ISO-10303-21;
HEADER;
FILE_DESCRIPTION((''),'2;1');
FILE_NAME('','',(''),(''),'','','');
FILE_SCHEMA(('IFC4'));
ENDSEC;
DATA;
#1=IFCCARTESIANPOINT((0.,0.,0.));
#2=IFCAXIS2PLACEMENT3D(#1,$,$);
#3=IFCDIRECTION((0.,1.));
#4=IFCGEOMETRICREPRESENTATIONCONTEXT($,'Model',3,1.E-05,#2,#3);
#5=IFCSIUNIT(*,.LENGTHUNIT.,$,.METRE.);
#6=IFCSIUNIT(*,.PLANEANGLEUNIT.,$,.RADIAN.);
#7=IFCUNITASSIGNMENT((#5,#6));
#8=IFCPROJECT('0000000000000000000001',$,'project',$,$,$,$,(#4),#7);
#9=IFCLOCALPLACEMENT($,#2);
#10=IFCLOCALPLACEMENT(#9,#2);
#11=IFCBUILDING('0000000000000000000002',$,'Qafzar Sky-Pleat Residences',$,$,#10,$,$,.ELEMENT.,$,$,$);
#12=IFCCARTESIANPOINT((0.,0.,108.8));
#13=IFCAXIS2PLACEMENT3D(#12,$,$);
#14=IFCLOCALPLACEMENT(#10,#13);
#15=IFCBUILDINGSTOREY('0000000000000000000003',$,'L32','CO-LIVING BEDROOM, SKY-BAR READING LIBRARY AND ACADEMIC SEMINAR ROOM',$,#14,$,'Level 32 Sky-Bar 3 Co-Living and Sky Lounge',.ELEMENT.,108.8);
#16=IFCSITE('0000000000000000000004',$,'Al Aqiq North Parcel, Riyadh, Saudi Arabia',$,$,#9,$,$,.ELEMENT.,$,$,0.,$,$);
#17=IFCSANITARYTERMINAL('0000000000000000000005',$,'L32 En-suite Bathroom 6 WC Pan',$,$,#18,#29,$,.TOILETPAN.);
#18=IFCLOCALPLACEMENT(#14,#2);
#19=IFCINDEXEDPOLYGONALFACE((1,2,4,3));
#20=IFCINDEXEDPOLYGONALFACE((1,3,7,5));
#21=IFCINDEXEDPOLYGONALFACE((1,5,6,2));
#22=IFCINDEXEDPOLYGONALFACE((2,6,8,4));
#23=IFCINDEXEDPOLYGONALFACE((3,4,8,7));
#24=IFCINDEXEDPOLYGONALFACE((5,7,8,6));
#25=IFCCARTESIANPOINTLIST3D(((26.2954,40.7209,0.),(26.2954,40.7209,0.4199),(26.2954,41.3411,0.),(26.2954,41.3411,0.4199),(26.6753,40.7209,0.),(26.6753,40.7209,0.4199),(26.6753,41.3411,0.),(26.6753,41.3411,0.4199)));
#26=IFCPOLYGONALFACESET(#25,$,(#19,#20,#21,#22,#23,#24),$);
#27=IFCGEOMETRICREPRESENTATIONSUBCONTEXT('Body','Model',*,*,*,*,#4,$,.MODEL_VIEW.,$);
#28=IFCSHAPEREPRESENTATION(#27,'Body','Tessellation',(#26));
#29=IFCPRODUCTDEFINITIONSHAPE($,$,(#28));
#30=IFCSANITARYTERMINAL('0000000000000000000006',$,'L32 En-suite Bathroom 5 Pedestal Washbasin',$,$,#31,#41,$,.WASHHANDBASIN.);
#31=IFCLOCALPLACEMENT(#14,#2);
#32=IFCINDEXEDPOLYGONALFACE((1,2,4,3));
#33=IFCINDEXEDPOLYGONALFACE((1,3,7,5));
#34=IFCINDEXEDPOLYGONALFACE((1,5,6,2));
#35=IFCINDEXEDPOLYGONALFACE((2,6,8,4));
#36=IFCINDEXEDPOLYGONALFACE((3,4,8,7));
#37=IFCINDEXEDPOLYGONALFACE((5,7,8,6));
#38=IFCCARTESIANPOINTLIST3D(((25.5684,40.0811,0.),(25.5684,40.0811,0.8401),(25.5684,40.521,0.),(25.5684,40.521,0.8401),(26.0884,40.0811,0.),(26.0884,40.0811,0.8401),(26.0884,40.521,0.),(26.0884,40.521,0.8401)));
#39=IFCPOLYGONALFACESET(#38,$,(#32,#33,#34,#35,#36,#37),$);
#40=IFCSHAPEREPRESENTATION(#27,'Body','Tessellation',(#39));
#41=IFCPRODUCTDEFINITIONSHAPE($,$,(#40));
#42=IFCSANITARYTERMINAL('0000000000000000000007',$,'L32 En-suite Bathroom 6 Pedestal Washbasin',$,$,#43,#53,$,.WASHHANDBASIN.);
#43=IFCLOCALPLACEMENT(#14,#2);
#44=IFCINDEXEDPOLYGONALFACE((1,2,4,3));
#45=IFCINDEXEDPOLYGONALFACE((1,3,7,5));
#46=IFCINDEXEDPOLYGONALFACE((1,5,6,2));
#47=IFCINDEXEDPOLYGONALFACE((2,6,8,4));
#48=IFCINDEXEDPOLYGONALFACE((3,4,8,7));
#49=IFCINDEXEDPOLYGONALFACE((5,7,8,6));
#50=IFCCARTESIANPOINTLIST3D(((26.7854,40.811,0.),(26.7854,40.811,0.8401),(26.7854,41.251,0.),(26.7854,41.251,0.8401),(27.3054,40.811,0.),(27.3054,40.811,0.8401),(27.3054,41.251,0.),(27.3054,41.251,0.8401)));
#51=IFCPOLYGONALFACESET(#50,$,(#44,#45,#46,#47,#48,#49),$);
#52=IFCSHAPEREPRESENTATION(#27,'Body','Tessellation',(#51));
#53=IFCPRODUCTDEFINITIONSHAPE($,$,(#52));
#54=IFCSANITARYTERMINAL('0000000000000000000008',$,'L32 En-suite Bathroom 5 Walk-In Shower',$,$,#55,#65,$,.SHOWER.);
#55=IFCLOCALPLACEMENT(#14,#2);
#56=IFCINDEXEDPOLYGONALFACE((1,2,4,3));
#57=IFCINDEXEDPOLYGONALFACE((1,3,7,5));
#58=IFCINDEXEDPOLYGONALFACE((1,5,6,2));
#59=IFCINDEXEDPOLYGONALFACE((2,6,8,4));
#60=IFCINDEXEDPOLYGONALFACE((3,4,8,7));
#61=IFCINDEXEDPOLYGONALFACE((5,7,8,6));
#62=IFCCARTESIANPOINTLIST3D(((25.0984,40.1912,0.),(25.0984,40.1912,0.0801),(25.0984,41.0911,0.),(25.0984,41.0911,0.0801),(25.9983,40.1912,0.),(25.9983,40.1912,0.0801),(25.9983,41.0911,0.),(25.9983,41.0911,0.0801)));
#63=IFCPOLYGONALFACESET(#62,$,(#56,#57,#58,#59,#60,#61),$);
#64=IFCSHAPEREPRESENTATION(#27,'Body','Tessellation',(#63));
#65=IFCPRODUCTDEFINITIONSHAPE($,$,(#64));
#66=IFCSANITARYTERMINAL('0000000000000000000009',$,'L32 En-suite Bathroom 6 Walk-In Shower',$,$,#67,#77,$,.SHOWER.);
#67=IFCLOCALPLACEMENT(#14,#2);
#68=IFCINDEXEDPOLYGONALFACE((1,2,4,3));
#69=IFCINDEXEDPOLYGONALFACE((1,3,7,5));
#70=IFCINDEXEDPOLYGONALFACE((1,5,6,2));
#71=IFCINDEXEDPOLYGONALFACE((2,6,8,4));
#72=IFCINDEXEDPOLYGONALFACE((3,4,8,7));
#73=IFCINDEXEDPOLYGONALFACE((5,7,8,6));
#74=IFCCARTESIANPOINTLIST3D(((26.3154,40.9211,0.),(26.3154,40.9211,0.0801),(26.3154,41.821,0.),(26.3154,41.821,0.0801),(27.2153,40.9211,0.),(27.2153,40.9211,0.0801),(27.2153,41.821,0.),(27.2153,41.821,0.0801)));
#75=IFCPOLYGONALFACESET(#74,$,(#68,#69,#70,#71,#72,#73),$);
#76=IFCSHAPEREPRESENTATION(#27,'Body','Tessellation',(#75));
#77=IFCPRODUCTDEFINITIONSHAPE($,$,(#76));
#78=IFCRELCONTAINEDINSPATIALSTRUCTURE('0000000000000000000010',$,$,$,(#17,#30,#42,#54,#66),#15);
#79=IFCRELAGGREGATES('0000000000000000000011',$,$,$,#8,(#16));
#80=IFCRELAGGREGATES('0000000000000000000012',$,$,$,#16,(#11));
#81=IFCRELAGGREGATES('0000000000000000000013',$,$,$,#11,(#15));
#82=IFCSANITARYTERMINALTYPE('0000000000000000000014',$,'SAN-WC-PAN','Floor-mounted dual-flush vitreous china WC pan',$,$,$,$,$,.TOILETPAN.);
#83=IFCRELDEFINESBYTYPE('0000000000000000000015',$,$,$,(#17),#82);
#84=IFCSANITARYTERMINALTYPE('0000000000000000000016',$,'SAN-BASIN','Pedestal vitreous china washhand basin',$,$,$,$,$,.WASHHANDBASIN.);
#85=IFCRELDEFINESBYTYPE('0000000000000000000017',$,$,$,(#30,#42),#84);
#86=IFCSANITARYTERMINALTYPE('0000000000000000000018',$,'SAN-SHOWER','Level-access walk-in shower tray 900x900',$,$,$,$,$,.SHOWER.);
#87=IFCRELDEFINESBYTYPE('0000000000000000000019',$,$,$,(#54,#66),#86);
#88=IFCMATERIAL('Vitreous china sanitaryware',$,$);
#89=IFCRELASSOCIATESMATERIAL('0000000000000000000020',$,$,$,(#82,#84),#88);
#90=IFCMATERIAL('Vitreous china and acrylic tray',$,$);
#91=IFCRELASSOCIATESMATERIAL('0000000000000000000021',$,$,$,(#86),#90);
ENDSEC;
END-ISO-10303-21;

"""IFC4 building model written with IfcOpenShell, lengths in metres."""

from ifc_helpers import new_model, si_unit, direction, frame, origin, origin_2d, place, context, subcontext, project, spatial, rectangle, extrude, source, transform, mapped, material, type_object, element, save


model = new_model("IFC4")

# Units and contexts
model_context = context("Model", 3, precision=1e-05, world=origin(), true_north=direction((0.0, 1.0)))
body_context = subcontext(model_context, "Body", "Model", "MODEL_VIEW")
ifc_project = project(units=[si_unit("LENGTHUNIT", "METRE"), si_unit("PLANEANGLEUNIT", "RADIAN")], contexts=[model_context])

# Site, building, storey
site_placement = place(None, origin())
site = spatial("IfcSite", under=ifc_project, at=site_placement, Name="Al Aqiq North Parcel, Riyadh, Saudi Arabia", CompositionType="ELEMENT", RefElevation=0.0)
building_placement = place(site_placement, origin())
building = spatial("IfcBuilding", under=site, at=building_placement, Name="Qafzar Sky-Pleat Residences", CompositionType="ELEMENT")
storey_placement = place(building_placement, frame((0.0, 0.0, 108.8)))
storey = spatial("IfcBuildingStorey", under=building, at=storey_placement, Name="L32", Description="CO-LIVING BEDROOM, SKY-BAR READING LIBRARY AND ACADEMIC SEMINAR ROOM", LongName="Level 32 Sky-Bar 3 Co-Living and Sky Lounge", CompositionType="ELEMENT", Elevation=108.8)

# Sanitary terminals
ifc_material_1 = material(Name="Vitreous china sanitaryware")
sanitary_terminal_type_1 = type_object("IfcSanitaryTerminalType", Name="SAN-WC-PAN", Description="Floor-mounted dual-flush vitreous china WC pan", PredefinedType="TOILETPAN", material=ifc_material_1)
shared_shape_1 = source(origin(), body_context, "Body", "SweptSolid", [
    extrude(rectangle(XDim=0.3799, YDim=0.6201, at=origin_2d()), origin(), (0.0, 0.0, 1.0), 0.4199),
])
for number, where, z_axis, x_axis, name in (
    (1, (26.4854, 41.031, 0.0), (0.0, 0.0, 1.0), (1.0, 0.0, 0.0), "L32 En-suite Bathroom 6 WC Pan"),
):
    element("IfcSanitaryTerminal", number, at=place(storey_placement, frame(where, z_axis=z_axis, x_axis=x_axis)), inside=storey, type_object=sanitary_terminal_type_1, Name=name, PredefinedType="TOILETPAN", context=body_context, shape_type="MappedRepresentation", body=[
        mapped(shared_shape_1, transform((0.0, 0.0, 0.0), x_axis=(1.0, 0.0, 0.0), y_axis=(0.0, 1.0, 0.0), z_axis=(0.0, 0.0, 1.0), scale=1.0)),
    ])
sanitary_terminal_type_2 = type_object("IfcSanitaryTerminalType", Name="SAN-BASIN", Description="Pedestal vitreous china washhand basin", PredefinedType="WASHHANDBASIN", material=ifc_material_1)
shared_shape_2 = source(origin(), body_context, "Body", "SweptSolid", [
    extrude(rectangle(XDim=0.52, YDim=0.4399, at=origin_2d()), origin(), (0.0, 0.0, 1.0), 0.8401),
])
for number, where, z_axis, x_axis, name in (
    (2, (25.8284, 40.301, 0.0), (0.0, 0.0, 1.0), (1.0, 0.0, 0.0), "L32 En-suite Bathroom 5 Pedestal Washbasin"),
    (3, (27.0454, 41.031, 0.0), (0.0, 0.0, 1.0), (1.0, 0.0, 0.0), "L32 En-suite Bathroom 6 Pedestal Washbasin"),
):
    element("IfcSanitaryTerminal", number, at=place(storey_placement, frame(where, z_axis=z_axis, x_axis=x_axis)), inside=storey, type_object=sanitary_terminal_type_2, Name=name, PredefinedType="WASHHANDBASIN", context=body_context, shape_type="MappedRepresentation", body=[
        mapped(shared_shape_2, transform((0.0, 0.0, 0.0), x_axis=(1.0, 0.0, 0.0), y_axis=(0.0, 1.0, 0.0), z_axis=(0.0, 0.0, 1.0), scale=1.0)),
    ])
ifc_material_2 = material(Name="Vitreous china and acrylic tray")
sanitary_terminal_type_3 = type_object("IfcSanitaryTerminalType", Name="SAN-SHOWER", Description="Level-access walk-in shower tray 900x900", PredefinedType="SHOWER", material=ifc_material_2)
shared_shape_3 = source(origin(), body_context, "Body", "SweptSolid", [
    extrude(rectangle(XDim=0.8999, YDim=0.8999, at=origin_2d()), origin(), (0.0, 0.0, 1.0), 0.0801),
])
for number, where, z_axis, x_axis, name in (
    (4, (25.5483, 40.6411, 0.0), (0.0, 0.0, 1.0), (1.0, 0.0, 0.0), "L32 En-suite Bathroom 5 Walk-In Shower"),
    (5, (26.7654, 41.3711, 0.0), (0.0, 0.0, 1.0), (1.0, 0.0, 0.0), "L32 En-suite Bathroom 6 Walk-In Shower"),
):
    element("IfcSanitaryTerminal", number, at=place(storey_placement, frame(where, z_axis=z_axis, x_axis=x_axis)), inside=storey, type_object=sanitary_terminal_type_3, Name=name, PredefinedType="SHOWER", context=body_context, shape_type="MappedRepresentation", body=[
        mapped(shared_shape_3, transform((0.0, 0.0, 0.0), x_axis=(1.0, 0.0, 0.0), y_axis=(0.0, 1.0, 0.0), z_axis=(0.0, 0.0, 1.0), scale=1.0)),
    ])

save(model, "model.ifc")
